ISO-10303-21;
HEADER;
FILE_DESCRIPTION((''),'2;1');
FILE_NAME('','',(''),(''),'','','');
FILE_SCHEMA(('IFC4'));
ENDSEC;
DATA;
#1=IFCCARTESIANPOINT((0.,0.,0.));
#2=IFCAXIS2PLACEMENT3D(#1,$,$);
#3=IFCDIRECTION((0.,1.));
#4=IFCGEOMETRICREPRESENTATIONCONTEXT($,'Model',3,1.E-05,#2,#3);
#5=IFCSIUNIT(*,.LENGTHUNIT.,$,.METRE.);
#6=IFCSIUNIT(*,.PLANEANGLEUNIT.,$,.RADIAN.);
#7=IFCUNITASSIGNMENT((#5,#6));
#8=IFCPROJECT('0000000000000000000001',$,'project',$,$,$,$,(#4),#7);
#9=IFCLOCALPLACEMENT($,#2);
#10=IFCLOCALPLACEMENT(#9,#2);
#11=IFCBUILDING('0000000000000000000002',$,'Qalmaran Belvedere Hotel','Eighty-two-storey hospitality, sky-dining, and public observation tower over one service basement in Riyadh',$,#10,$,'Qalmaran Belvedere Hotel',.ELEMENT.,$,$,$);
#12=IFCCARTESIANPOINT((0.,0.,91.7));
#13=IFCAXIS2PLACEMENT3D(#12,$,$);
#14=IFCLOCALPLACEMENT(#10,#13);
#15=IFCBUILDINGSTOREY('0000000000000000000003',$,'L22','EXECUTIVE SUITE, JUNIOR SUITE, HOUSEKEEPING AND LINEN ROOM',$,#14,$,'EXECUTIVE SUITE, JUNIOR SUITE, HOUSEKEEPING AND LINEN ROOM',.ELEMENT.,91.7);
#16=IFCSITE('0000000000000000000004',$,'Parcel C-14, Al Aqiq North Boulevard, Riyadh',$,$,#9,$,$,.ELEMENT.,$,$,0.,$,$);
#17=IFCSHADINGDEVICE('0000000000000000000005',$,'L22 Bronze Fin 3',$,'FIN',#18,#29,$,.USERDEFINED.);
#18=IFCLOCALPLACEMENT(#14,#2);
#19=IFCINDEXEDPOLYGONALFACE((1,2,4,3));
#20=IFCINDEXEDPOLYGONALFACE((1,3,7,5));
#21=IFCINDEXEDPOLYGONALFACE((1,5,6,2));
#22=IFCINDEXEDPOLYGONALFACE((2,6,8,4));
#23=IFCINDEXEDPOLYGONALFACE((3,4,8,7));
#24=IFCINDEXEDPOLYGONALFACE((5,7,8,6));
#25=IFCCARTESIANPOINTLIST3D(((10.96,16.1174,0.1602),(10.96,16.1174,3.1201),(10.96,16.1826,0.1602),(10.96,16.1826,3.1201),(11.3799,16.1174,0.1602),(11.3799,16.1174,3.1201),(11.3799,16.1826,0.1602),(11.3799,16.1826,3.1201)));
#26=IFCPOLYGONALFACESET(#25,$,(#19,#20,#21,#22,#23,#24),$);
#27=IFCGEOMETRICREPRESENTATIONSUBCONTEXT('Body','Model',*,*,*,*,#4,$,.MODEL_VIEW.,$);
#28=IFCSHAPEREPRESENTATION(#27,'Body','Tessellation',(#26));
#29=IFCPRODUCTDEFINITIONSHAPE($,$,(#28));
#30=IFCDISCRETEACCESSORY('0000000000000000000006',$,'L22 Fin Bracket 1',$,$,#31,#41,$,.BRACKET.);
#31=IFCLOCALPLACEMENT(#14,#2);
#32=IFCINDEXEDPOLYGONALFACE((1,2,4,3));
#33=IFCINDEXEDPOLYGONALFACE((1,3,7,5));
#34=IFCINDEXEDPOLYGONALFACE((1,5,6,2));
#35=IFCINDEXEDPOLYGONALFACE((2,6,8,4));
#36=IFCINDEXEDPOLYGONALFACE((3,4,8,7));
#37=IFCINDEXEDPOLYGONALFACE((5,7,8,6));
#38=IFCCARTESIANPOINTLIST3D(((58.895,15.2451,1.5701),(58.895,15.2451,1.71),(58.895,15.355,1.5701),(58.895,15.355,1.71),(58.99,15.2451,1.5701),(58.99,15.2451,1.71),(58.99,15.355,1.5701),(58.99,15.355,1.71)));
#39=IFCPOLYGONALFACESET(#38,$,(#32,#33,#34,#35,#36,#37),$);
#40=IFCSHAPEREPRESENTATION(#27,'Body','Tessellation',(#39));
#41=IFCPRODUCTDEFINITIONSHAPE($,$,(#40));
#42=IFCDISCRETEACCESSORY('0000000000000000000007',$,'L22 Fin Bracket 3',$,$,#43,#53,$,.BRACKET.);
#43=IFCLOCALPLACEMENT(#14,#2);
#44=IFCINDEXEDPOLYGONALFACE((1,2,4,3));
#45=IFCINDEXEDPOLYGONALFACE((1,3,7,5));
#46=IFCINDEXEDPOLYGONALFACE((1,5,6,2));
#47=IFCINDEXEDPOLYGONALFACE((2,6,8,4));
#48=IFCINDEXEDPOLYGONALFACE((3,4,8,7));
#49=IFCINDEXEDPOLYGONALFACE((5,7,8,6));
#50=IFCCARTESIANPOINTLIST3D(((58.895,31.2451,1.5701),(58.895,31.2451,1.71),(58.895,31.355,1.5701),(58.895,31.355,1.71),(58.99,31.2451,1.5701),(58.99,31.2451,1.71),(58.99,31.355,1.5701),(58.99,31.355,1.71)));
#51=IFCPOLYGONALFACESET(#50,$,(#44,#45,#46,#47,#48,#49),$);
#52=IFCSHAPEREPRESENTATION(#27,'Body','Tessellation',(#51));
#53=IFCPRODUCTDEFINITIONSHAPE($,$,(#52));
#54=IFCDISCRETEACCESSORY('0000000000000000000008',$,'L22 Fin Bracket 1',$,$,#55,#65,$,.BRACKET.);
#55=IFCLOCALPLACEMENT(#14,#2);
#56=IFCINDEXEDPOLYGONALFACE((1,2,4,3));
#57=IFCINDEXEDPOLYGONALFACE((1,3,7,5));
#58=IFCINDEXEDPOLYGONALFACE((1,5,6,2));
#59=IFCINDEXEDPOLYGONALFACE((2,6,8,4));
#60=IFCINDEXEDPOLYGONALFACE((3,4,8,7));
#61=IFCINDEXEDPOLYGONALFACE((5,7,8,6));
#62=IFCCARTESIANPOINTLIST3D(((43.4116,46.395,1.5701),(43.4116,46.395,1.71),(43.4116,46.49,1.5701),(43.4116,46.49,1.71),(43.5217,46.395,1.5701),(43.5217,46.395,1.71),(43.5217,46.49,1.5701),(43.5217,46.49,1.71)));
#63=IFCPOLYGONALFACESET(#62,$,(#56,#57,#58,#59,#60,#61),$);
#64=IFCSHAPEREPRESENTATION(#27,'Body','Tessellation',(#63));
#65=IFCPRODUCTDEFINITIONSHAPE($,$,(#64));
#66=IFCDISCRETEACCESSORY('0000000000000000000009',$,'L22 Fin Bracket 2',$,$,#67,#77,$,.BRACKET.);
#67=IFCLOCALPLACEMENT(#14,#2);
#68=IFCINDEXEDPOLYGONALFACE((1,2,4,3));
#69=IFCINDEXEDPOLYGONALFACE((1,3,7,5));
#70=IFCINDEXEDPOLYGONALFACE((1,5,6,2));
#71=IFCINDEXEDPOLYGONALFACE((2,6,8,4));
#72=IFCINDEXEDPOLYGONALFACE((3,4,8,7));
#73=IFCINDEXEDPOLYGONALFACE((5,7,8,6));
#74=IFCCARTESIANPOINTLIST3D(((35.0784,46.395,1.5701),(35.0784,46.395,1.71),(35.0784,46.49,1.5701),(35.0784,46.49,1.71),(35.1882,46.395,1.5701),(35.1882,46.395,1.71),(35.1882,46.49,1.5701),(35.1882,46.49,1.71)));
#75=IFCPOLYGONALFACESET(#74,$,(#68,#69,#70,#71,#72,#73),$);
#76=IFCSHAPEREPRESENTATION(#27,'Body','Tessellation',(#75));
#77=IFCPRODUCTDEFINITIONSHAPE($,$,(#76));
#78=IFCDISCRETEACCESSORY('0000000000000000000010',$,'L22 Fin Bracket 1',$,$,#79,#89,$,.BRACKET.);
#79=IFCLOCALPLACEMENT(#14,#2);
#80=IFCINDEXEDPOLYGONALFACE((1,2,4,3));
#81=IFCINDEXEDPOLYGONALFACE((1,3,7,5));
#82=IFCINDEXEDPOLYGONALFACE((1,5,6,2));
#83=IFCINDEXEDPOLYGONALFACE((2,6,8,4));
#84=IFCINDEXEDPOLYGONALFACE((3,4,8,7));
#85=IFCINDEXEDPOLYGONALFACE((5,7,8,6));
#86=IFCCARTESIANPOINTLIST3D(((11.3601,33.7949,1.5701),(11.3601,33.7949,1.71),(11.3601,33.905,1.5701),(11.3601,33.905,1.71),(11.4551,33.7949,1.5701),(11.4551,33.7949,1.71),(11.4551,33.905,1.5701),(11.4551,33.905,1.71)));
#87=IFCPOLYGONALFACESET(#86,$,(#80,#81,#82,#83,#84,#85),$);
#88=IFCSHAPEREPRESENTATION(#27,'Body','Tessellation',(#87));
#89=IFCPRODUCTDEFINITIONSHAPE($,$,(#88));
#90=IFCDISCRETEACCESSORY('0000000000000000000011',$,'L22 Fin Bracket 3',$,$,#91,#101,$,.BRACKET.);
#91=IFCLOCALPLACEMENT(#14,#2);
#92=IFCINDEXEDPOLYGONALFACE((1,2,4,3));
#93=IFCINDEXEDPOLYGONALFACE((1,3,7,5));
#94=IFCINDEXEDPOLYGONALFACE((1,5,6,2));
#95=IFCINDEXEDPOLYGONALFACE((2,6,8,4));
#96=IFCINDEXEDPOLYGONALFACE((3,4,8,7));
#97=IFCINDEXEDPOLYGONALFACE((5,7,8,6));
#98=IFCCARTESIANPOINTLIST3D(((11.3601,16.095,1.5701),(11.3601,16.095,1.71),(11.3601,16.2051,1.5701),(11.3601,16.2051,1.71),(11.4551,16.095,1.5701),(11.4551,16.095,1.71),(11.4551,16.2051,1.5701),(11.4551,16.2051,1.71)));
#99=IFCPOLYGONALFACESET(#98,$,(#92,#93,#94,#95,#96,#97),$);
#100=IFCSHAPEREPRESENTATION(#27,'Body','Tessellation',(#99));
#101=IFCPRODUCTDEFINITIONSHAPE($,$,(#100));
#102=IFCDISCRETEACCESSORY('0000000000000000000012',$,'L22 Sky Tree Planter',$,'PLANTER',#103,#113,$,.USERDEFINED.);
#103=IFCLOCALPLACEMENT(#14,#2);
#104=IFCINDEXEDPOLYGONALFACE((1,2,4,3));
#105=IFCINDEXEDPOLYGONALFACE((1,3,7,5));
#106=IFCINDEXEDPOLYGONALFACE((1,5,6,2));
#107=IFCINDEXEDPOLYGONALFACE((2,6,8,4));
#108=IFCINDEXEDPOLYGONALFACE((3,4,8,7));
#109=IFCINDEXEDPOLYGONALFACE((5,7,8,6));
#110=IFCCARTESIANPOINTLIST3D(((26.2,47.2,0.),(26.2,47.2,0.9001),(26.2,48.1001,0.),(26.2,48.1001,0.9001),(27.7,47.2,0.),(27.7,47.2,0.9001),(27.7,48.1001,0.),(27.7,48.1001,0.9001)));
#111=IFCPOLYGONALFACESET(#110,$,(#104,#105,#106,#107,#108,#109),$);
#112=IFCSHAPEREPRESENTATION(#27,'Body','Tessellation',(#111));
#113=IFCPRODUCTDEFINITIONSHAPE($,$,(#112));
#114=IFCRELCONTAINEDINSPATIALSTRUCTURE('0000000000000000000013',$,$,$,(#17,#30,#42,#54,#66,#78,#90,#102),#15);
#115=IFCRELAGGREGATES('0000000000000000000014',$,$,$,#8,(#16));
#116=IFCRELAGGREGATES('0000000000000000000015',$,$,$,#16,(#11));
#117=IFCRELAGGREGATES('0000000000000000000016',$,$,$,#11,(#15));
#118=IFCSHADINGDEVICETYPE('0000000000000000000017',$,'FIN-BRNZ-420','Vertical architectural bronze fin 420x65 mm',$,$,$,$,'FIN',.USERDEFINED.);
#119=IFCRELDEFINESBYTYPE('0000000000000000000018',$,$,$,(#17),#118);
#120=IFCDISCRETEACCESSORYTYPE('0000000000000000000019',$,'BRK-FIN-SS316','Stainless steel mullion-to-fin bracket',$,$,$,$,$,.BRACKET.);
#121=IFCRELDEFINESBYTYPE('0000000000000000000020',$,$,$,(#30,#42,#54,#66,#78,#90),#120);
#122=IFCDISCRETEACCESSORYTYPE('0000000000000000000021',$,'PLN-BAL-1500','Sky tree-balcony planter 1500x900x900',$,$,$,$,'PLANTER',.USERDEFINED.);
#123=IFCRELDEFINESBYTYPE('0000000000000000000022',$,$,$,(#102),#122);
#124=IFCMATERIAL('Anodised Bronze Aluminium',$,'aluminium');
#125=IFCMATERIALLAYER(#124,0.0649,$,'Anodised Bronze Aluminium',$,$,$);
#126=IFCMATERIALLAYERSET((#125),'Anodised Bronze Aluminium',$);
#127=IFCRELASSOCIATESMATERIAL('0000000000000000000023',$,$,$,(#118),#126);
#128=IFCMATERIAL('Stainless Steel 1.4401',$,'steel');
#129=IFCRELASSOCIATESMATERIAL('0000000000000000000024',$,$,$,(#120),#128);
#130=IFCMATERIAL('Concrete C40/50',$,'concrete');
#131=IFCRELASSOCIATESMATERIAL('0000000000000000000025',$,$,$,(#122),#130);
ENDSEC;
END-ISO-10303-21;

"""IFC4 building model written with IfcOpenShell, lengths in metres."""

from ifc_helpers import new_model, si_unit, direction, frame, origin, place, context, subcontext, project, spatial, polyline, outline, extrude, material, layer, layer_set, type_object, element, save


model = new_model("IFC4")

# Units and contexts
model_context = context("Model", 3, precision=1e-05, world=origin(), true_north=direction((0.0, 1.0)))
body_context = subcontext(model_context, "Body", "Model", "MODEL_VIEW")
ifc_project = project(units=[si_unit("LENGTHUNIT", "METRE"), si_unit("PLANEANGLEUNIT", "RADIAN")], contexts=[model_context])

# Site, building, storey
site_placement = place(None, origin())
site = spatial("IfcSite", under=ifc_project, at=site_placement, Name="Parcel C-14, Al Aqiq North Boulevard, Riyadh", CompositionType="ELEMENT", RefElevation=0.0)
building_placement = place(site_placement, origin())
building = spatial("IfcBuilding", under=site, at=building_placement, Name="Qalmaran Belvedere Hotel", Description="Eighty-two-storey hospitality, sky-dining, and public observation tower over one service basement in Riyadh", LongName="Qalmaran Belvedere Hotel", CompositionType="ELEMENT")
storey_placement = place(building_placement, frame((0.0, 0.0, 91.7)))
storey = spatial("IfcBuildingStorey", under=building, at=storey_placement, Name="L22", Description="EXECUTIVE SUITE, JUNIOR SUITE, HOUSEKEEPING AND LINEN ROOM", LongName="EXECUTIVE SUITE, JUNIOR SUITE, HOUSEKEEPING AND LINEN ROOM", CompositionType="ELEMENT", Elevation=91.7)

# Shared definitions
ifc_material_1 = material(Name="Anodised Bronze Aluminium", Category="aluminium")

# Shared definitions
ifc_material_2 = material(Name="Concrete C40/50", Category="concrete")

# Shading device
ifc_layer_1 = layer(ifc_material_1, 0.0649, Name="Anodised Bronze Aluminium")
ifc_layer_set_1 = layer_set([ifc_layer_1], Name="Anodised Bronze Aluminium")
shading_device_type = type_object("IfcShadingDeviceType", Name="FIN-BRNZ-420", Description="Vertical architectural bronze fin 420x65 mm", ElementType="FIN", PredefinedType="USERDEFINED", material=ifc_layer_set_1)
shading_device_1_placement = place(storey_placement, frame((0.0, 0.0, 0.1602)))
element("IfcShadingDevice", 1, at=shading_device_1_placement, inside=storey, type_object=shading_device_type, Name="L22 Bronze Fin 3", ObjectType="FIN", PredefinedType="USERDEFINED", context=body_context, shape_type="SweptSolid", body=[
    extrude(outline(polyline([(11.3799, 16.1826), (10.96, 16.1826), (10.96, 16.1174), (11.3799, 16.1174), (11.3799, 16.1826)])), origin(), (0.0, 0.0, 1.0), 2.96),
])

# Discrete accessories
ifc_material_3 = material(Name="Stainless Steel 1.4401", Category="steel")
discrete_accessory_type_1 = type_object("IfcDiscreteAccessoryType", Name="BRK-FIN-SS316", Description="Stainless steel mullion-to-fin bracket", PredefinedType="BRACKET", material=ifc_material_3)
discrete_accessory_1_placement = place(storey_placement, frame((0.0, 0.0, 1.5701)))
element("IfcDiscreteAccessory", 2, at=discrete_accessory_1_placement, inside=storey, type_object=discrete_accessory_type_1, Name="L22 Fin Bracket 1", PredefinedType="BRACKET", context=body_context, shape_type="SweptSolid", body=[
    extrude(outline(polyline([(58.895, 15.2451), (58.99, 15.2451), (58.99, 15.355), (58.895, 15.355), (58.895, 15.2451)])), origin(), (0.0, 0.0, 1.0), 0.1399),
])
discrete_accessory_2_placement = place(storey_placement, frame((0.0, 0.0, 1.5701)))
element("IfcDiscreteAccessory", 3, at=discrete_accessory_2_placement, inside=storey, type_object=discrete_accessory_type_1, Name="L22 Fin Bracket 3", PredefinedType="BRACKET", context=body_context, shape_type="SweptSolid", body=[
    extrude(outline(polyline([(58.895, 31.2451), (58.99, 31.2451), (58.99, 31.355), (58.895, 31.355), (58.895, 31.2451)])), origin(), (0.0, 0.0, 1.0), 0.1399),
])
discrete_accessory_3_placement = place(storey_placement, frame((0.0, 0.0, 1.5701)))
element("IfcDiscreteAccessory", 4, at=discrete_accessory_3_placement, inside=storey, type_object=discrete_accessory_type_1, Name="L22 Fin Bracket 1", PredefinedType="BRACKET", context=body_context, shape_type="SweptSolid", body=[
    extrude(outline(polyline([(43.5217, 46.395), (43.5217, 46.49), (43.4116, 46.49), (43.4116, 46.395), (43.5217, 46.395)])), origin(), (0.0, 0.0, 1.0), 0.1399),
])
discrete_accessory_4_placement = place(storey_placement, frame((0.0, 0.0, 1.5701)))
element("IfcDiscreteAccessory", 5, at=discrete_accessory_4_placement, inside=storey, type_object=discrete_accessory_type_1, Name="L22 Fin Bracket 2", PredefinedType="BRACKET", context=body_context, shape_type="SweptSolid", body=[
    extrude(outline(polyline([(35.1882, 46.395), (35.1882, 46.49), (35.0784, 46.49), (35.0784, 46.395), (35.1882, 46.395)])), origin(), (0.0, 0.0, 1.0), 0.1399),
])
discrete_accessory_5_placement = place(storey_placement, frame((0.0, 0.0, 1.5701)))
element("IfcDiscreteAccessory", 6, at=discrete_accessory_5_placement, inside=storey, type_object=discrete_accessory_type_1, Name="L22 Fin Bracket 1", PredefinedType="BRACKET", context=body_context, shape_type="SweptSolid", body=[
    extrude(outline(polyline([(11.4551, 33.905), (11.3601, 33.905), (11.3601, 33.7949), (11.4551, 33.7949), (11.4551, 33.905)])), origin(), (0.0, 0.0, 1.0), 0.1399),
])
discrete_accessory_6_placement = place(storey_placement, frame((0.0, 0.0, 1.5701)))
element("IfcDiscreteAccessory", 7, at=discrete_accessory_6_placement, inside=storey, type_object=discrete_accessory_type_1, Name="L22 Fin Bracket 3", PredefinedType="BRACKET", context=body_context, shape_type="SweptSolid", body=[
    extrude(outline(polyline([(11.4551, 16.2051), (11.3601, 16.2051), (11.3601, 16.095), (11.4551, 16.095), (11.4551, 16.2051)])), origin(), (0.0, 0.0, 1.0), 0.1399),
])
discrete_accessory_type_2 = type_object("IfcDiscreteAccessoryType", Name="PLN-BAL-1500", Description="Sky tree-balcony planter 1500x900x900", ElementType="PLANTER", PredefinedType="USERDEFINED", material=ifc_material_2)
discrete_accessory_7_placement = place(storey_placement, origin())
element("IfcDiscreteAccessory", 8, at=discrete_accessory_7_placement, inside=storey, type_object=discrete_accessory_type_2, Name="L22 Sky Tree Planter", ObjectType="PLANTER", PredefinedType="USERDEFINED", context=body_context, shape_type="SweptSolid", body=[
    extrude(outline(polyline([(26.2, 47.2), (27.7, 47.2), (27.7, 48.1001), (26.2, 48.1001), (26.2, 47.2)])), origin(), (0.0, 0.0, 1.0), 0.9001),
])

save(model, "model.ifc")
